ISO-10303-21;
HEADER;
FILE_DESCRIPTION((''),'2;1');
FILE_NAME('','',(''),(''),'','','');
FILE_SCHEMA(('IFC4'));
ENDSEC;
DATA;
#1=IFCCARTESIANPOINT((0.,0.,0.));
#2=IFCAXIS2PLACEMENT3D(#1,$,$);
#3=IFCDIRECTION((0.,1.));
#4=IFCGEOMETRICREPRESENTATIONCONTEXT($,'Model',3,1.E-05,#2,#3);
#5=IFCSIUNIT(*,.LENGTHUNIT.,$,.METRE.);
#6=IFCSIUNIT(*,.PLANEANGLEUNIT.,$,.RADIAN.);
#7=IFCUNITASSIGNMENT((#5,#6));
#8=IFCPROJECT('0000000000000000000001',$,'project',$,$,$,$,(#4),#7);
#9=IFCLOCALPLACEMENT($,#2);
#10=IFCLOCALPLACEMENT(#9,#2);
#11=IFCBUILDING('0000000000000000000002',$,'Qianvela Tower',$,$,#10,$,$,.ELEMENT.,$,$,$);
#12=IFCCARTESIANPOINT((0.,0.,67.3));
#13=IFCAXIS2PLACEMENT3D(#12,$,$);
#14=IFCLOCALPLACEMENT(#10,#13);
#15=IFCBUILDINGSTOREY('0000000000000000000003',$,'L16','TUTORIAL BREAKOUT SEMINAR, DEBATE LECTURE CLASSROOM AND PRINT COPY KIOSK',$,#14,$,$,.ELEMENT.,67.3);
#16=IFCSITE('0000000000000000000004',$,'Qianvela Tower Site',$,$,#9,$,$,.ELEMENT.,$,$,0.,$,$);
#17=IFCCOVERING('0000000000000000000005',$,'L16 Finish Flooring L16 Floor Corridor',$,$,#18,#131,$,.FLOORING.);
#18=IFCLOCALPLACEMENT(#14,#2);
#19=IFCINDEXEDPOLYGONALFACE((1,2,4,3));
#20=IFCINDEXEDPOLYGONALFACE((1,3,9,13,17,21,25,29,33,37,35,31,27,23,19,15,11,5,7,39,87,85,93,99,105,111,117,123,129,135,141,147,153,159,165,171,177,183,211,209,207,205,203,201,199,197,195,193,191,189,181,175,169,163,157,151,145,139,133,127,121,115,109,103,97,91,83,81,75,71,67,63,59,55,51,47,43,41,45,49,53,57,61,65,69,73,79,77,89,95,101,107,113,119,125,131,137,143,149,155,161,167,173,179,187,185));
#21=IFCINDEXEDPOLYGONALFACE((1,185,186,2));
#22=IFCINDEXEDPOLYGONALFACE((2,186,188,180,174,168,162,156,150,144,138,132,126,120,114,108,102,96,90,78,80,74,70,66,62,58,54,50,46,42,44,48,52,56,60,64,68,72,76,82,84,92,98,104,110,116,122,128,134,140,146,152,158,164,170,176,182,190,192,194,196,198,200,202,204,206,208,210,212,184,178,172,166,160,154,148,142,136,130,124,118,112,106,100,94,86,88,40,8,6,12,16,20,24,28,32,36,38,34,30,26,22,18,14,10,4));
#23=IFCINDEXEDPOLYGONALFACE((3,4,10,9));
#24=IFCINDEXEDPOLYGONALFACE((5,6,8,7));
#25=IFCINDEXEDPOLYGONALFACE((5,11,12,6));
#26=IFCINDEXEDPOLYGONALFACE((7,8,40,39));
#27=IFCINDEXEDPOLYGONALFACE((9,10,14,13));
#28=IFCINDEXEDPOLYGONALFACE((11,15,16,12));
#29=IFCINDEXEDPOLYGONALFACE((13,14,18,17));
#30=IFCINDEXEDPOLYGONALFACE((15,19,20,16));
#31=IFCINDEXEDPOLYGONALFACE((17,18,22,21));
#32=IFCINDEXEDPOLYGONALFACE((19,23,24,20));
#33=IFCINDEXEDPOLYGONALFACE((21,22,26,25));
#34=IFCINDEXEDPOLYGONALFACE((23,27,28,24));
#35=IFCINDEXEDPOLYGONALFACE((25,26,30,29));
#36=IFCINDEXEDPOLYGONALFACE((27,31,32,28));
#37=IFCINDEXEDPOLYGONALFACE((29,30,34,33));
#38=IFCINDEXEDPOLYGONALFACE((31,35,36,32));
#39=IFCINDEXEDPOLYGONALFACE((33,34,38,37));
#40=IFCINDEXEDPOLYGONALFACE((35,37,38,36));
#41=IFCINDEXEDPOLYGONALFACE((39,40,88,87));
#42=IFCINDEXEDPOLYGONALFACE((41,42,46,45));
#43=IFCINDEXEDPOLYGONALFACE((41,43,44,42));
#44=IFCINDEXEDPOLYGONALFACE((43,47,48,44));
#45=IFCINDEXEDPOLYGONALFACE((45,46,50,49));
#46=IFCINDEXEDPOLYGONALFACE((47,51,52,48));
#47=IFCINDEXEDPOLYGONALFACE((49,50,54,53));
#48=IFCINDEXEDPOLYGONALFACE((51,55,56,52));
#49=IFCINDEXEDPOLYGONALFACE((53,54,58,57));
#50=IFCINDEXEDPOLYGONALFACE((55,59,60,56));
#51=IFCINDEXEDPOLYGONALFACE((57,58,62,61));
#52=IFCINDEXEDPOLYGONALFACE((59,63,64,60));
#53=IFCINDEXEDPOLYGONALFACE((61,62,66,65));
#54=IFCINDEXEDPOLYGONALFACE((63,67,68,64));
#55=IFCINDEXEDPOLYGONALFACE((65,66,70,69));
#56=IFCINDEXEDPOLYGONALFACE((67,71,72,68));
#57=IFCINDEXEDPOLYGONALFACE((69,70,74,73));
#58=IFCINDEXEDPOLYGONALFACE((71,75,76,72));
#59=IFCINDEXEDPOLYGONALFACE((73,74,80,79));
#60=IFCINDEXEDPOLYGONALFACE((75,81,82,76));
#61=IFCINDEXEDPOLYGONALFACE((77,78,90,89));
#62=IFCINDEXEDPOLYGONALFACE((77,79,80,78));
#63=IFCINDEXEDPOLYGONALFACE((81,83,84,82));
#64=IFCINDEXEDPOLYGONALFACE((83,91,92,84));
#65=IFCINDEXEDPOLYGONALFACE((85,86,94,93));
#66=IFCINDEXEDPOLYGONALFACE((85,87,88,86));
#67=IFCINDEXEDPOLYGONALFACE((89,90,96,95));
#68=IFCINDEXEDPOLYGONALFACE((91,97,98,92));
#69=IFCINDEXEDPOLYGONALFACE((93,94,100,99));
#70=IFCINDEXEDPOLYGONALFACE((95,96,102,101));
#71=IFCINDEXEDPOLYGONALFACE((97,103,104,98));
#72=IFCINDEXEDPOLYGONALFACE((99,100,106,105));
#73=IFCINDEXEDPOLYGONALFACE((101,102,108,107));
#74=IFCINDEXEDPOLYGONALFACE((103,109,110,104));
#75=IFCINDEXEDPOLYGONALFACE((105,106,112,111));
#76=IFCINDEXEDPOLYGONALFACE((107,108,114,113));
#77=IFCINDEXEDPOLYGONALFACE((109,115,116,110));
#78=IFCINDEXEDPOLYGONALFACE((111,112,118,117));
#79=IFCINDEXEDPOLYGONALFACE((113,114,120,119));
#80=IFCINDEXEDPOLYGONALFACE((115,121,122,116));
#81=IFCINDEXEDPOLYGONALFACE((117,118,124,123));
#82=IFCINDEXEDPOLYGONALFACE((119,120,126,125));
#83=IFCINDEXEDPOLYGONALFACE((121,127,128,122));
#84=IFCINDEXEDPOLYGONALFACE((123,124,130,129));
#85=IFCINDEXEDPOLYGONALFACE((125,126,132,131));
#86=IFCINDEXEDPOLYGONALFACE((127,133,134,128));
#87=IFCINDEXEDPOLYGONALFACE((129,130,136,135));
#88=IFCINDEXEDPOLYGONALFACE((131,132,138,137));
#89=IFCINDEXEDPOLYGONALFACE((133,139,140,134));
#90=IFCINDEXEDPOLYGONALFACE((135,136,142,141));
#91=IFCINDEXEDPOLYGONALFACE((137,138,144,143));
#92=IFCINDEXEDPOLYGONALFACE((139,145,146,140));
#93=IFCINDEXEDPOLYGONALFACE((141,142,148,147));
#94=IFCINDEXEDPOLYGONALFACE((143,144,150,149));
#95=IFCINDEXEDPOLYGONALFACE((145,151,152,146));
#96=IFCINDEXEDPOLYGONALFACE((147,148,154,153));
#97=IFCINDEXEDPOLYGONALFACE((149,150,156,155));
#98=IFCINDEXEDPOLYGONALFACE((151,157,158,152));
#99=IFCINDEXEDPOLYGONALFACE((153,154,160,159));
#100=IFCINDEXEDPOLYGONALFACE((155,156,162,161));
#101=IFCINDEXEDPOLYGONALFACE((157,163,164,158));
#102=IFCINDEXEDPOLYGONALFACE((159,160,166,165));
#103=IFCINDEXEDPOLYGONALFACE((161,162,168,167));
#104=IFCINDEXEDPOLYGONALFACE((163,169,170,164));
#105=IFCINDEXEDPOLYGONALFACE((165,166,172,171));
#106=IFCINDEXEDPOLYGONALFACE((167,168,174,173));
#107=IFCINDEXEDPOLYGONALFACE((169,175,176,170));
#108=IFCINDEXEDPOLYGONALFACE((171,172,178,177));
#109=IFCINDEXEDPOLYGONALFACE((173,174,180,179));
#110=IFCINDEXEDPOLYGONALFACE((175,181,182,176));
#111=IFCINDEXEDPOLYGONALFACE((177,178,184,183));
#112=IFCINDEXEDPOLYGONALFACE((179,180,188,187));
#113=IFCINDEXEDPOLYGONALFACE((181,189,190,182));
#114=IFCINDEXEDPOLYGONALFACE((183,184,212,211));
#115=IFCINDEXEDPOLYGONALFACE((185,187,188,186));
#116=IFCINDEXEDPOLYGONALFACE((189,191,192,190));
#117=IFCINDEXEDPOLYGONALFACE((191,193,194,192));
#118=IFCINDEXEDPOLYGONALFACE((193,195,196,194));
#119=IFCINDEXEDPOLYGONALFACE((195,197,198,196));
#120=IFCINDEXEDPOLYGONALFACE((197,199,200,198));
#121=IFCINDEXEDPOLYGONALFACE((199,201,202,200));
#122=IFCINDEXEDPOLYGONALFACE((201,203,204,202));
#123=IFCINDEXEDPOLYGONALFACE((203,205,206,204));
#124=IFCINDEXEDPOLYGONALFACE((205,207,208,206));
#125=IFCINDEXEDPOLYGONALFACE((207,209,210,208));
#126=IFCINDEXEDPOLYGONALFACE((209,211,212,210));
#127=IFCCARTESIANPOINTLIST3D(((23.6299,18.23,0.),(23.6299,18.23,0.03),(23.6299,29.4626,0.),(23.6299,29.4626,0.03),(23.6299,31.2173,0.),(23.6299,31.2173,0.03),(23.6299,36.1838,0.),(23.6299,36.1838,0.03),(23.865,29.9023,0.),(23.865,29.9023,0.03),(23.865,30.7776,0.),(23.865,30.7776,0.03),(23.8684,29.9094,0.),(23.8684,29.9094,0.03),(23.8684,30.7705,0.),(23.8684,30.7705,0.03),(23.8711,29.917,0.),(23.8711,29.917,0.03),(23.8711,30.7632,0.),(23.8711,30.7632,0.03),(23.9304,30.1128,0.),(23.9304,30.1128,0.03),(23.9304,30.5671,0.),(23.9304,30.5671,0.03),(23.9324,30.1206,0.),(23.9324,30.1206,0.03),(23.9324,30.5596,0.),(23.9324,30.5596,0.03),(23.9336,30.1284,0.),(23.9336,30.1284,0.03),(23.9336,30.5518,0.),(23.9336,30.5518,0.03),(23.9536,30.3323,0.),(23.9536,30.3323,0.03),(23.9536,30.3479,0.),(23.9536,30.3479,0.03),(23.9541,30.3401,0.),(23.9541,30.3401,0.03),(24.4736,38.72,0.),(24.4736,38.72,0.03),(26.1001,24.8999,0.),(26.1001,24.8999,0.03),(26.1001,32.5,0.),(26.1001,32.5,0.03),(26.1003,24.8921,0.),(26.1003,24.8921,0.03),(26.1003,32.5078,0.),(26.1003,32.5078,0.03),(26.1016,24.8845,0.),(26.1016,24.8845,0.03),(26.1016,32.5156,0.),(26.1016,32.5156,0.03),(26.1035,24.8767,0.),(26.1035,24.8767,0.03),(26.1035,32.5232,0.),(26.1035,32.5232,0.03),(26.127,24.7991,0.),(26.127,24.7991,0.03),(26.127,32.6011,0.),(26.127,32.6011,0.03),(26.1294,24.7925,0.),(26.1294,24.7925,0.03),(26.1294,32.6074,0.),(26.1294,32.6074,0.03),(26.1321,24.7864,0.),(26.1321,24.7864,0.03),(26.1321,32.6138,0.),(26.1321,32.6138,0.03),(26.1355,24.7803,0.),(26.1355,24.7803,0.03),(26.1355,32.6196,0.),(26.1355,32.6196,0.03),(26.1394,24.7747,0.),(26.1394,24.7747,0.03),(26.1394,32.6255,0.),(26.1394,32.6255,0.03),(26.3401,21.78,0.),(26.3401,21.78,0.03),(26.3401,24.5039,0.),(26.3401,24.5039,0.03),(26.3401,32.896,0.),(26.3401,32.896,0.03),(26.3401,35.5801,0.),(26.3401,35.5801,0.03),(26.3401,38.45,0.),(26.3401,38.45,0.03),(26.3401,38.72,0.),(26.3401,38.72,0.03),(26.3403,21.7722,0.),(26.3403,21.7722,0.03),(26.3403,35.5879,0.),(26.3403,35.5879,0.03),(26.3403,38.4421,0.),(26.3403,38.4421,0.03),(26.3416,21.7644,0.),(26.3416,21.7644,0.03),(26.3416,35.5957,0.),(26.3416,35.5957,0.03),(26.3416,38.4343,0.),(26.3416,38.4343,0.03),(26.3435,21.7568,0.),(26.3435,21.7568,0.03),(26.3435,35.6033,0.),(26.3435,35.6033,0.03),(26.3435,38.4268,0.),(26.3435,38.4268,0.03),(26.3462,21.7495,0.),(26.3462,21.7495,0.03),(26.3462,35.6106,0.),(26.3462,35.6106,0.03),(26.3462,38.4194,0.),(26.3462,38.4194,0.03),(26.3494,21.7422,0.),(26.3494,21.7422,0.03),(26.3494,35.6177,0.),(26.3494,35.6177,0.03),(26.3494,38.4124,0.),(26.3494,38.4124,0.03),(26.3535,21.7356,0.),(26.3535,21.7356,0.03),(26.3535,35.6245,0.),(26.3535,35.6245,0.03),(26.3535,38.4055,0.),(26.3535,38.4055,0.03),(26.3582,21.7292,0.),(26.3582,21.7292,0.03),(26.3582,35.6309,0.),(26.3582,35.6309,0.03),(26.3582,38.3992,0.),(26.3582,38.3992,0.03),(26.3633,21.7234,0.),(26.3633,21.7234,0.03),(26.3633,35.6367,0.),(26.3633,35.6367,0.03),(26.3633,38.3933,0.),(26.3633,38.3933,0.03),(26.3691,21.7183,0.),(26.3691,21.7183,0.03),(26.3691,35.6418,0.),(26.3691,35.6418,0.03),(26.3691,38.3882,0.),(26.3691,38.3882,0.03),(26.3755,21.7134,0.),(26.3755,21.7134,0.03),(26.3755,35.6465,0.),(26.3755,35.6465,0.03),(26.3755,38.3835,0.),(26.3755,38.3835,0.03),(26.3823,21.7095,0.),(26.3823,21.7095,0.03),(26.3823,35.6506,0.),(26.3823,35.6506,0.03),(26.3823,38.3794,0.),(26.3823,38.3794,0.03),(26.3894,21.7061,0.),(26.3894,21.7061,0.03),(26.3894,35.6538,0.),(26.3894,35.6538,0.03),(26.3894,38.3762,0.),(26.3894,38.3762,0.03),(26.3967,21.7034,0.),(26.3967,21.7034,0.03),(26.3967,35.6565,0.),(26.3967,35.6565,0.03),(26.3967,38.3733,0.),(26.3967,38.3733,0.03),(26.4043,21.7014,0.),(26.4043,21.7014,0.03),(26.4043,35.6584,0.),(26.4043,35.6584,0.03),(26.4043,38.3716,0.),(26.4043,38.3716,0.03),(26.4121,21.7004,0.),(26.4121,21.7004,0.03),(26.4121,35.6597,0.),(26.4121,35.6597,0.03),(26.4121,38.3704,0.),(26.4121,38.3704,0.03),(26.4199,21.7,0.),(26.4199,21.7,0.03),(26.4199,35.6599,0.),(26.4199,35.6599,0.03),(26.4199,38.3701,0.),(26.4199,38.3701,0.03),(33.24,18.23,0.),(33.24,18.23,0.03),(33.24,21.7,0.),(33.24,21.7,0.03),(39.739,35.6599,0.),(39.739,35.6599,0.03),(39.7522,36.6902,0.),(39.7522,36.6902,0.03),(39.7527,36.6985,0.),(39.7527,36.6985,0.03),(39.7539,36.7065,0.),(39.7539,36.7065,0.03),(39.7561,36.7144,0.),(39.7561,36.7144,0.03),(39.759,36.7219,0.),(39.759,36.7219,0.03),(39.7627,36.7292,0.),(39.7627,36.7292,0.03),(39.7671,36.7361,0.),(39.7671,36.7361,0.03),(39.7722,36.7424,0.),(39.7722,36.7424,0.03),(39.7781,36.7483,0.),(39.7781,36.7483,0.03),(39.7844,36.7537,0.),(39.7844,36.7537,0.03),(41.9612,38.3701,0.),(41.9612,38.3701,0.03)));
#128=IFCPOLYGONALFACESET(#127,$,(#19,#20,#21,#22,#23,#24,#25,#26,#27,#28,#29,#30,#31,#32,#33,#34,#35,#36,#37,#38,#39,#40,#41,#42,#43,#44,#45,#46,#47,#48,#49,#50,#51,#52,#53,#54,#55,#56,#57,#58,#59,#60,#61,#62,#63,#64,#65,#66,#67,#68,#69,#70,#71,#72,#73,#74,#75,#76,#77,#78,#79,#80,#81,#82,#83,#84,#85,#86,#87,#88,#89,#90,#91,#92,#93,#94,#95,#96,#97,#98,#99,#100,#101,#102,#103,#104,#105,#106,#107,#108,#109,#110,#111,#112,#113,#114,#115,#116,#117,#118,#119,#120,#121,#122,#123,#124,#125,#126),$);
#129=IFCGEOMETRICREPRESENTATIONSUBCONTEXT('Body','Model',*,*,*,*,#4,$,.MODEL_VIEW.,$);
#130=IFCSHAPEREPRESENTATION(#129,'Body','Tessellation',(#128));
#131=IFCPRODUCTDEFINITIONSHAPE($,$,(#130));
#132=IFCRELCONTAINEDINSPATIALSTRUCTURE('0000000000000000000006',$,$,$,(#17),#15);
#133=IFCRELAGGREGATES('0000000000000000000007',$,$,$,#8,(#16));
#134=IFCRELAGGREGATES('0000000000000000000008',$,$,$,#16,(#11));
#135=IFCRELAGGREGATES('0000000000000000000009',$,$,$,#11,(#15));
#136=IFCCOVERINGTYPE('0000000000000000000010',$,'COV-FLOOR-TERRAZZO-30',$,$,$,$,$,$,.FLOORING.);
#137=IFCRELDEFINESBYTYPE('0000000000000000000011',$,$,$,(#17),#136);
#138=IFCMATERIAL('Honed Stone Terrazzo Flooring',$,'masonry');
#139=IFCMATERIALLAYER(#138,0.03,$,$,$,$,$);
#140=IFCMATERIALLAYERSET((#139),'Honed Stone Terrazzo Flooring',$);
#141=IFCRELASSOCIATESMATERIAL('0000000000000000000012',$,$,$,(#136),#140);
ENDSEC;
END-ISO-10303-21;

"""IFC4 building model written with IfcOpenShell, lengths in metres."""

from ifc_helpers import new_model, si_unit, direction, frame, origin, place, context, subcontext, project, spatial, polyline, outline, extrude, material, layer, layer_set, type_object, element, save


model = new_model("IFC4")

# Units and contexts
model_context = context("Model", 3, precision=1e-05, world=origin(), true_north=direction((0.0, 1.0)))
body_context = subcontext(model_context, "Body", "Model", "MODEL_VIEW")
ifc_project = project(units=[si_unit("LENGTHUNIT", "METRE"), si_unit("PLANEANGLEUNIT", "RADIAN")], contexts=[model_context])

# Site, building, storey
site_placement = place(None, origin())
site = spatial("IfcSite", under=ifc_project, at=site_placement, Name="Qianvela Tower Site", CompositionType="ELEMENT", RefElevation=0.0)
building_placement = place(site_placement, origin())
building = spatial("IfcBuilding", under=site, at=building_placement, Name="Qianvela Tower", CompositionType="ELEMENT")
storey_placement = place(building_placement, frame((0.0, 0.0, 67.3)))
storey = spatial("IfcBuildingStorey", under=building, at=storey_placement, Name="L16", Description="TUTORIAL BREAKOUT SEMINAR, DEBATE LECTURE CLASSROOM AND PRINT COPY KIOSK", CompositionType="ELEMENT", Elevation=67.3)

# Covering
ifc_material_1 = material(Name="Honed Stone Terrazzo Flooring", Category="masonry")
ifc_layer_1 = layer(ifc_material_1, 0.03)
ifc_layer_set_1 = layer_set([ifc_layer_1], Name="Honed Stone Terrazzo Flooring")
covering_type_1 = type_object("IfcCoveringType", Name="COV-FLOOR-TERRAZZO-30", PredefinedType="FLOORING", material=ifc_layer_set_1)
covering_1_placement = place(storey_placement, origin())
element("IfcCovering", 1, at=covering_1_placement, inside=storey, type_object=covering_type_1, Name="L16 Finish Flooring L16 Floor Corridor", PredefinedType="FLOORING", context=body_context, shape_type="SweptSolid", body=[
    extrude(outline(polyline([(23.8711, 30.7632), (23.8684, 30.7705), (23.865, 30.7776), (23.6299, 31.2173), (23.6299, 36.1838), (24.4736, 38.72), (26.3401, 38.72), (26.3401, 38.45), (26.3403, 38.4421), (26.3416, 38.4343), (26.3435, 38.4268), (26.3462, 38.4194), (26.3494, 38.4124), (26.3535, 38.4055), (26.3582, 38.3992), (26.3633, 38.3933), (26.3691, 38.3882), (26.3755, 38.3835), (26.3823, 38.3794), (26.3894, 38.3762), (26.3967, 38.3733), (26.4043, 38.3716), (26.4121, 38.3704), (26.4199, 38.3701), (41.9612, 38.3701), (39.7844, 36.7537), (39.7781, 36.7483), (39.7722, 36.7424), (39.7671, 36.7361), (39.7627, 36.7292), (39.759, 36.7219), (39.7561, 36.7144), (39.7539, 36.7065), (39.7527, 36.6985), (39.7522, 36.6902), (39.739, 35.6599), (26.4199, 35.6599), (26.4121, 35.6597), (26.4043, 35.6584), (26.3967, 35.6565), (26.3894, 35.6538), (26.3823, 35.6506), (26.3755, 35.6465), (26.3691, 35.6418), (26.3633, 35.6367), (26.3582, 35.6309), (26.3535, 35.6245), (26.3494, 35.6177), (26.3462, 35.6106), (26.3435, 35.6033), (26.3416, 35.5957), (26.3403, 35.5879), (26.3401, 35.5801), (26.3401, 32.896), (26.1394, 32.6255), (26.1355, 32.6196), (26.1321, 32.6138), (26.1294, 32.6074), (26.127, 32.6011), (26.1035, 32.5232), (26.1016, 32.5156), (26.1003, 32.5078), (26.1001, 32.5), (26.1001, 24.8999), (26.1003, 24.8921), (26.1016, 24.8845), (26.1035, 24.8767), (26.127, 24.7991), (26.1294, 24.7925), (26.1321, 24.7864), (26.1355, 24.7803), (26.1394, 24.7747), (26.3401, 24.5039), (26.3401, 21.78), (26.3403, 21.7722), (26.3416, 21.7644), (26.3435, 21.7568), (26.3462, 21.7495), (26.3494, 21.7422), (26.3535, 21.7356), (26.3582, 21.7292), (26.3633, 21.7234), (26.3691, 21.7183), (26.3755, 21.7134), (26.3823, 21.7095), (26.3894, 21.7061), (26.3967, 21.7034), (26.4043, 21.7014), (26.4121, 21.7004), (26.4199, 21.7), (33.24, 21.7), (33.24, 18.23), (23.6299, 18.23), (23.6299, 29.4626), (23.865, 29.9023), (23.8684, 29.9094), (23.8711, 29.917), (23.9304, 30.1128), (23.9324, 30.1206), (23.9336, 30.1284), (23.9536, 30.3323), (23.9541, 30.3401), (23.9536, 30.3479), (23.9336, 30.5518), (23.9324, 30.5596), (23.9304, 30.5671), (23.8711, 30.7632)])), origin(), (0.0, 0.0, 1.0), 0.03),
])

save(model, "model.ifc")
